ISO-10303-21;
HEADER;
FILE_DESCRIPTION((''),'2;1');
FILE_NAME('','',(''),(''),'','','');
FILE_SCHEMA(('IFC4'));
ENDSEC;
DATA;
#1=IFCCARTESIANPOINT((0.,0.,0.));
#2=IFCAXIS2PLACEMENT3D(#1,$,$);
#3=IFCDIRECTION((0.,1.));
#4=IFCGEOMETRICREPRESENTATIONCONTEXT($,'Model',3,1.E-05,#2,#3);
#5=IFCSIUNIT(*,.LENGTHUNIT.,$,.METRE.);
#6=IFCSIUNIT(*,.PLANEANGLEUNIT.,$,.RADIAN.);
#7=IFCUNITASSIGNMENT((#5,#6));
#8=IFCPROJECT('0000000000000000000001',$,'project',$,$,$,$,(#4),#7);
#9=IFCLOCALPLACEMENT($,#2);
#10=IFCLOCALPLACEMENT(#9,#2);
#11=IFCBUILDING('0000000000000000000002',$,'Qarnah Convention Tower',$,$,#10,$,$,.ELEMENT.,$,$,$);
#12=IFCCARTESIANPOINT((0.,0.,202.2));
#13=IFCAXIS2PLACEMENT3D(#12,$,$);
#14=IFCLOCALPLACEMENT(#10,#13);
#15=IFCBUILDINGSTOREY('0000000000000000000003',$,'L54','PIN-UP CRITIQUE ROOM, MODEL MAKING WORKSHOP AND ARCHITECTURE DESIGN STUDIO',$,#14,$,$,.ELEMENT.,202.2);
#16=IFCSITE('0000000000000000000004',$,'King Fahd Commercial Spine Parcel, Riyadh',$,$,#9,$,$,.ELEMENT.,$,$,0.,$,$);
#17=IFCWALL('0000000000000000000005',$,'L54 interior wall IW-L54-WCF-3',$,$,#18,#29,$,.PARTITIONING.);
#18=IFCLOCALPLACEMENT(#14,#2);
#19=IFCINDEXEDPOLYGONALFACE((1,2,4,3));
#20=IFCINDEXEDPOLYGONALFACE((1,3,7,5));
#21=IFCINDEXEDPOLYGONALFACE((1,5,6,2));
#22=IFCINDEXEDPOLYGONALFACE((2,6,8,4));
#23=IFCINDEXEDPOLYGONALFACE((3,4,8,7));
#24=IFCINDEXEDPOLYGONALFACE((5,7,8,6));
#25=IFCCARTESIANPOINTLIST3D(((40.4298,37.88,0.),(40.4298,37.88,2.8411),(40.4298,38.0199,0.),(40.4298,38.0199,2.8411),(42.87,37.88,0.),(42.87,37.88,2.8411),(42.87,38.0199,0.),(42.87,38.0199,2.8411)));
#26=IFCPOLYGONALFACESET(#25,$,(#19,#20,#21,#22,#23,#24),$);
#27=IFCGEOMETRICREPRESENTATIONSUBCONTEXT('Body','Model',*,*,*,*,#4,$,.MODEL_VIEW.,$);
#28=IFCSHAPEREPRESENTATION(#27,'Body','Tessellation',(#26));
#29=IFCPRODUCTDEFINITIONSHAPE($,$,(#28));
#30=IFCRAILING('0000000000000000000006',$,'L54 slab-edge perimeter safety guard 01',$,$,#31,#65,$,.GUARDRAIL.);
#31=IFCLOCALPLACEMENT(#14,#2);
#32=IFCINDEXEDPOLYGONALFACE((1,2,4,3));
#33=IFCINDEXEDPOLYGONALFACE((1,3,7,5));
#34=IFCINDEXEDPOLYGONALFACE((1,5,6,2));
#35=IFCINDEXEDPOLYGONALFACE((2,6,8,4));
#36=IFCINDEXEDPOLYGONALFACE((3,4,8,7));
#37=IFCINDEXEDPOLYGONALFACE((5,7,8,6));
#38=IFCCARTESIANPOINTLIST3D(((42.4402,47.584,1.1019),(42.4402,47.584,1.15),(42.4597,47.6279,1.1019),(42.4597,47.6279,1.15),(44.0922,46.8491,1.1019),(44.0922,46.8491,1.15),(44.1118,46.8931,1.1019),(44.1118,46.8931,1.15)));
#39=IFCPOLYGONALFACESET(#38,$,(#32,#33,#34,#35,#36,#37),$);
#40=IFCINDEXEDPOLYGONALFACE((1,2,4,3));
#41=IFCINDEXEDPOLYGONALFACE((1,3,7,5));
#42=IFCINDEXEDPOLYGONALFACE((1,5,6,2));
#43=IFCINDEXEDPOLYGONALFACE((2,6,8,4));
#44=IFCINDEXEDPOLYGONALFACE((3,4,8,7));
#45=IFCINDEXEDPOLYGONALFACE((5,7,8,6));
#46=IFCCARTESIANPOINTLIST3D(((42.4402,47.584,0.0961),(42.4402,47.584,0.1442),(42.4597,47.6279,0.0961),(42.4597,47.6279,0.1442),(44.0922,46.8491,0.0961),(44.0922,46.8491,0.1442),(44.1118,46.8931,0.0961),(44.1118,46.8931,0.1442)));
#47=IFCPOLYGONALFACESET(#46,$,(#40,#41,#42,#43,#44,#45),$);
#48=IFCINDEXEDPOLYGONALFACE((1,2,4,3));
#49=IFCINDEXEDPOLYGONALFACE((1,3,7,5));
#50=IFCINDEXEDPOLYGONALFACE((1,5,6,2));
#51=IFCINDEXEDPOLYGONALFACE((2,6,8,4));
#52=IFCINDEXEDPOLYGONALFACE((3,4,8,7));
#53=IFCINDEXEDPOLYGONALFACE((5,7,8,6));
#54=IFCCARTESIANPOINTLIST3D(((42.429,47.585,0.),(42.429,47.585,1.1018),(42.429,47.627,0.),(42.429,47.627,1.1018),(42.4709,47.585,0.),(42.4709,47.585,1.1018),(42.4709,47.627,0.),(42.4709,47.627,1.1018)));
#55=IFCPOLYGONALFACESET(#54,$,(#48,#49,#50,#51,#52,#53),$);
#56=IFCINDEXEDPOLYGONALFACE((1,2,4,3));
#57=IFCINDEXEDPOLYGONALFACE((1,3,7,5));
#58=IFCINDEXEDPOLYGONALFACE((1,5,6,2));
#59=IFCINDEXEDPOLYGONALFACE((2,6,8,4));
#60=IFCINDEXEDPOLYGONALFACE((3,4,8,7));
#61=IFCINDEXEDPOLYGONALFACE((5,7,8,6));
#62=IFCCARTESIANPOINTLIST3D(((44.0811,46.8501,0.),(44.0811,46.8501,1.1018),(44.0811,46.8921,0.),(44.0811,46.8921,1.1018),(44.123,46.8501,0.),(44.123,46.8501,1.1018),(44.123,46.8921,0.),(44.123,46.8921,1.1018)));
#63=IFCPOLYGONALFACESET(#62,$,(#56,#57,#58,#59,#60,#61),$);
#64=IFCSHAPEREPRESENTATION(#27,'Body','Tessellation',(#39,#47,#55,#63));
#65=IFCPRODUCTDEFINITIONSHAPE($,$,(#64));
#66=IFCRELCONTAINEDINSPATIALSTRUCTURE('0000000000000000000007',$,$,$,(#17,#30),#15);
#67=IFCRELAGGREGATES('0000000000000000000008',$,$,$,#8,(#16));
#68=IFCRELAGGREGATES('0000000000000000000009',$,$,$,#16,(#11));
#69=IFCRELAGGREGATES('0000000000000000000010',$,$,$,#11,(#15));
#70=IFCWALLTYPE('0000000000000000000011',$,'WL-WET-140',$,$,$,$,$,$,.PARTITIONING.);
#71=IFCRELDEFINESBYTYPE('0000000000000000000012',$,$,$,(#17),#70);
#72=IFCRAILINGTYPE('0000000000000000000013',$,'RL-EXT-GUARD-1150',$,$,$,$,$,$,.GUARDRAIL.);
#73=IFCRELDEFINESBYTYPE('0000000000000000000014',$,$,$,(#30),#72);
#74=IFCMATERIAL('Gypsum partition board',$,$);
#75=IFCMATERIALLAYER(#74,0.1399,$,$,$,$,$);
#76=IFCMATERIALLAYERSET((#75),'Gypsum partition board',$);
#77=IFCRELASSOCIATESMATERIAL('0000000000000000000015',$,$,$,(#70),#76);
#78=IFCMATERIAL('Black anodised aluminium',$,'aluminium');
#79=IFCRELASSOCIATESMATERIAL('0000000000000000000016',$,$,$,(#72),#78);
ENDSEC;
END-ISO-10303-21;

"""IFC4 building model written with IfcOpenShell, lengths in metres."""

from ifc_helpers import new_model, si_unit, direction, frame, frame_2d, origin, origin_2d, place, context, subcontext, project, spatial, rectangle, extrude, material, layer, layer_set, type_object, element, save


model = new_model("IFC4")

# Units and contexts
model_context = context("Model", 3, precision=1e-05, world=origin(), true_north=direction((0.0, 1.0)))
body_context = subcontext(model_context, "Body", "Model", "MODEL_VIEW")
ifc_project = project(units=[si_unit("LENGTHUNIT", "METRE"), si_unit("PLANEANGLEUNIT", "RADIAN")], contexts=[model_context])

# Site, building, storey
site_placement = place(None, origin())
site = spatial("IfcSite", under=ifc_project, at=site_placement, Name="King Fahd Commercial Spine Parcel, Riyadh", CompositionType="ELEMENT", RefElevation=0.0)
building_placement = place(site_placement, origin())
building = spatial("IfcBuilding", under=site, at=building_placement, Name="Qarnah Convention Tower", CompositionType="ELEMENT")
storey_placement = place(building_placement, frame((0.0, 0.0, 202.2)))
storey = spatial("IfcBuildingStorey", under=building, at=storey_placement, Name="L54", Description="PIN-UP CRITIQUE ROOM, MODEL MAKING WORKSHOP AND ARCHITECTURE DESIGN STUDIO", CompositionType="ELEMENT", Elevation=202.2)

# Shared definitions
ifc_material_1 = material(Name="Black anodised aluminium", Category="aluminium")

# Shared definitions
ifc_material_2 = material(Name="Gypsum partition board")

# Shared definitions
ifc_layer_1 = layer(ifc_material_2, 0.1399)
ifc_layer_set_1 = layer_set([ifc_layer_1], Name="Gypsum partition board")
wall_type_1 = type_object("IfcWallType", Name="WL-WET-140", PredefinedType="PARTITIONING", material=ifc_layer_set_1)

# Wall
wall_1_placement = place(storey_placement, frame((42.8701, 37.95, 0.0), z_axis=(0.0, 0.0, 1.0), x_axis=(-1.0, 0.0, 0.0)))
element("IfcWall", 1, at=wall_1_placement, inside=storey, type_object=wall_type_1, Name="L54 interior wall IW-L54-WCF-3", PredefinedType="PARTITIONING", context=body_context, shape_type="SweptSolid", body=[
    extrude(rectangle(XDim=2.4402, YDim=0.1399, at=frame_2d((1.2202, 0.0))), origin(), (0.0, 0.0, 1.0), 2.8411),
])

# Railing
railing_type = type_object("IfcRailingType", Name="RL-EXT-GUARD-1150", PredefinedType="GUARDRAIL", material=ifc_material_1)
railing_1_placement = place(storey_placement, frame((42.45, 47.606, 0.0)))
element("IfcRailing", 2, at=railing_1_placement, inside=storey, type_object=railing_type, Name="L54 slab-edge perimeter safety guard 01", PredefinedType="GUARDRAIL", context=body_context, shape_type="SweptSolid", body=[
    extrude(rectangle(XDim=0.0481, YDim=0.0481, at=origin_2d()), frame((0.0, 0.0, 1.126), z_axis=(0.913689, -0.406414, 0.0), x_axis=(0.406414, 0.913689, 0.0)), (0.0, 0.0, 1.0), 1.8081),
    extrude(rectangle(XDim=0.0481, YDim=0.0481, at=origin_2d()), frame((0.0, 0.0, 0.1201), z_axis=(0.913689, -0.406414, 0.0), x_axis=(0.406414, 0.913689, 0.0)), (0.0, 0.0, 1.0), 1.8081),
    extrude(rectangle(XDim=0.042, YDim=0.042, at=origin_2d()), origin(), (0.0, 0.0, 1.0), 1.1018),
    extrude(rectangle(XDim=0.042, YDim=0.042, at=origin_2d()), frame((1.6521, -0.7349, 0.0)), (0.0, 0.0, 1.0), 1.1018),
])

save(model, "model.ifc")
